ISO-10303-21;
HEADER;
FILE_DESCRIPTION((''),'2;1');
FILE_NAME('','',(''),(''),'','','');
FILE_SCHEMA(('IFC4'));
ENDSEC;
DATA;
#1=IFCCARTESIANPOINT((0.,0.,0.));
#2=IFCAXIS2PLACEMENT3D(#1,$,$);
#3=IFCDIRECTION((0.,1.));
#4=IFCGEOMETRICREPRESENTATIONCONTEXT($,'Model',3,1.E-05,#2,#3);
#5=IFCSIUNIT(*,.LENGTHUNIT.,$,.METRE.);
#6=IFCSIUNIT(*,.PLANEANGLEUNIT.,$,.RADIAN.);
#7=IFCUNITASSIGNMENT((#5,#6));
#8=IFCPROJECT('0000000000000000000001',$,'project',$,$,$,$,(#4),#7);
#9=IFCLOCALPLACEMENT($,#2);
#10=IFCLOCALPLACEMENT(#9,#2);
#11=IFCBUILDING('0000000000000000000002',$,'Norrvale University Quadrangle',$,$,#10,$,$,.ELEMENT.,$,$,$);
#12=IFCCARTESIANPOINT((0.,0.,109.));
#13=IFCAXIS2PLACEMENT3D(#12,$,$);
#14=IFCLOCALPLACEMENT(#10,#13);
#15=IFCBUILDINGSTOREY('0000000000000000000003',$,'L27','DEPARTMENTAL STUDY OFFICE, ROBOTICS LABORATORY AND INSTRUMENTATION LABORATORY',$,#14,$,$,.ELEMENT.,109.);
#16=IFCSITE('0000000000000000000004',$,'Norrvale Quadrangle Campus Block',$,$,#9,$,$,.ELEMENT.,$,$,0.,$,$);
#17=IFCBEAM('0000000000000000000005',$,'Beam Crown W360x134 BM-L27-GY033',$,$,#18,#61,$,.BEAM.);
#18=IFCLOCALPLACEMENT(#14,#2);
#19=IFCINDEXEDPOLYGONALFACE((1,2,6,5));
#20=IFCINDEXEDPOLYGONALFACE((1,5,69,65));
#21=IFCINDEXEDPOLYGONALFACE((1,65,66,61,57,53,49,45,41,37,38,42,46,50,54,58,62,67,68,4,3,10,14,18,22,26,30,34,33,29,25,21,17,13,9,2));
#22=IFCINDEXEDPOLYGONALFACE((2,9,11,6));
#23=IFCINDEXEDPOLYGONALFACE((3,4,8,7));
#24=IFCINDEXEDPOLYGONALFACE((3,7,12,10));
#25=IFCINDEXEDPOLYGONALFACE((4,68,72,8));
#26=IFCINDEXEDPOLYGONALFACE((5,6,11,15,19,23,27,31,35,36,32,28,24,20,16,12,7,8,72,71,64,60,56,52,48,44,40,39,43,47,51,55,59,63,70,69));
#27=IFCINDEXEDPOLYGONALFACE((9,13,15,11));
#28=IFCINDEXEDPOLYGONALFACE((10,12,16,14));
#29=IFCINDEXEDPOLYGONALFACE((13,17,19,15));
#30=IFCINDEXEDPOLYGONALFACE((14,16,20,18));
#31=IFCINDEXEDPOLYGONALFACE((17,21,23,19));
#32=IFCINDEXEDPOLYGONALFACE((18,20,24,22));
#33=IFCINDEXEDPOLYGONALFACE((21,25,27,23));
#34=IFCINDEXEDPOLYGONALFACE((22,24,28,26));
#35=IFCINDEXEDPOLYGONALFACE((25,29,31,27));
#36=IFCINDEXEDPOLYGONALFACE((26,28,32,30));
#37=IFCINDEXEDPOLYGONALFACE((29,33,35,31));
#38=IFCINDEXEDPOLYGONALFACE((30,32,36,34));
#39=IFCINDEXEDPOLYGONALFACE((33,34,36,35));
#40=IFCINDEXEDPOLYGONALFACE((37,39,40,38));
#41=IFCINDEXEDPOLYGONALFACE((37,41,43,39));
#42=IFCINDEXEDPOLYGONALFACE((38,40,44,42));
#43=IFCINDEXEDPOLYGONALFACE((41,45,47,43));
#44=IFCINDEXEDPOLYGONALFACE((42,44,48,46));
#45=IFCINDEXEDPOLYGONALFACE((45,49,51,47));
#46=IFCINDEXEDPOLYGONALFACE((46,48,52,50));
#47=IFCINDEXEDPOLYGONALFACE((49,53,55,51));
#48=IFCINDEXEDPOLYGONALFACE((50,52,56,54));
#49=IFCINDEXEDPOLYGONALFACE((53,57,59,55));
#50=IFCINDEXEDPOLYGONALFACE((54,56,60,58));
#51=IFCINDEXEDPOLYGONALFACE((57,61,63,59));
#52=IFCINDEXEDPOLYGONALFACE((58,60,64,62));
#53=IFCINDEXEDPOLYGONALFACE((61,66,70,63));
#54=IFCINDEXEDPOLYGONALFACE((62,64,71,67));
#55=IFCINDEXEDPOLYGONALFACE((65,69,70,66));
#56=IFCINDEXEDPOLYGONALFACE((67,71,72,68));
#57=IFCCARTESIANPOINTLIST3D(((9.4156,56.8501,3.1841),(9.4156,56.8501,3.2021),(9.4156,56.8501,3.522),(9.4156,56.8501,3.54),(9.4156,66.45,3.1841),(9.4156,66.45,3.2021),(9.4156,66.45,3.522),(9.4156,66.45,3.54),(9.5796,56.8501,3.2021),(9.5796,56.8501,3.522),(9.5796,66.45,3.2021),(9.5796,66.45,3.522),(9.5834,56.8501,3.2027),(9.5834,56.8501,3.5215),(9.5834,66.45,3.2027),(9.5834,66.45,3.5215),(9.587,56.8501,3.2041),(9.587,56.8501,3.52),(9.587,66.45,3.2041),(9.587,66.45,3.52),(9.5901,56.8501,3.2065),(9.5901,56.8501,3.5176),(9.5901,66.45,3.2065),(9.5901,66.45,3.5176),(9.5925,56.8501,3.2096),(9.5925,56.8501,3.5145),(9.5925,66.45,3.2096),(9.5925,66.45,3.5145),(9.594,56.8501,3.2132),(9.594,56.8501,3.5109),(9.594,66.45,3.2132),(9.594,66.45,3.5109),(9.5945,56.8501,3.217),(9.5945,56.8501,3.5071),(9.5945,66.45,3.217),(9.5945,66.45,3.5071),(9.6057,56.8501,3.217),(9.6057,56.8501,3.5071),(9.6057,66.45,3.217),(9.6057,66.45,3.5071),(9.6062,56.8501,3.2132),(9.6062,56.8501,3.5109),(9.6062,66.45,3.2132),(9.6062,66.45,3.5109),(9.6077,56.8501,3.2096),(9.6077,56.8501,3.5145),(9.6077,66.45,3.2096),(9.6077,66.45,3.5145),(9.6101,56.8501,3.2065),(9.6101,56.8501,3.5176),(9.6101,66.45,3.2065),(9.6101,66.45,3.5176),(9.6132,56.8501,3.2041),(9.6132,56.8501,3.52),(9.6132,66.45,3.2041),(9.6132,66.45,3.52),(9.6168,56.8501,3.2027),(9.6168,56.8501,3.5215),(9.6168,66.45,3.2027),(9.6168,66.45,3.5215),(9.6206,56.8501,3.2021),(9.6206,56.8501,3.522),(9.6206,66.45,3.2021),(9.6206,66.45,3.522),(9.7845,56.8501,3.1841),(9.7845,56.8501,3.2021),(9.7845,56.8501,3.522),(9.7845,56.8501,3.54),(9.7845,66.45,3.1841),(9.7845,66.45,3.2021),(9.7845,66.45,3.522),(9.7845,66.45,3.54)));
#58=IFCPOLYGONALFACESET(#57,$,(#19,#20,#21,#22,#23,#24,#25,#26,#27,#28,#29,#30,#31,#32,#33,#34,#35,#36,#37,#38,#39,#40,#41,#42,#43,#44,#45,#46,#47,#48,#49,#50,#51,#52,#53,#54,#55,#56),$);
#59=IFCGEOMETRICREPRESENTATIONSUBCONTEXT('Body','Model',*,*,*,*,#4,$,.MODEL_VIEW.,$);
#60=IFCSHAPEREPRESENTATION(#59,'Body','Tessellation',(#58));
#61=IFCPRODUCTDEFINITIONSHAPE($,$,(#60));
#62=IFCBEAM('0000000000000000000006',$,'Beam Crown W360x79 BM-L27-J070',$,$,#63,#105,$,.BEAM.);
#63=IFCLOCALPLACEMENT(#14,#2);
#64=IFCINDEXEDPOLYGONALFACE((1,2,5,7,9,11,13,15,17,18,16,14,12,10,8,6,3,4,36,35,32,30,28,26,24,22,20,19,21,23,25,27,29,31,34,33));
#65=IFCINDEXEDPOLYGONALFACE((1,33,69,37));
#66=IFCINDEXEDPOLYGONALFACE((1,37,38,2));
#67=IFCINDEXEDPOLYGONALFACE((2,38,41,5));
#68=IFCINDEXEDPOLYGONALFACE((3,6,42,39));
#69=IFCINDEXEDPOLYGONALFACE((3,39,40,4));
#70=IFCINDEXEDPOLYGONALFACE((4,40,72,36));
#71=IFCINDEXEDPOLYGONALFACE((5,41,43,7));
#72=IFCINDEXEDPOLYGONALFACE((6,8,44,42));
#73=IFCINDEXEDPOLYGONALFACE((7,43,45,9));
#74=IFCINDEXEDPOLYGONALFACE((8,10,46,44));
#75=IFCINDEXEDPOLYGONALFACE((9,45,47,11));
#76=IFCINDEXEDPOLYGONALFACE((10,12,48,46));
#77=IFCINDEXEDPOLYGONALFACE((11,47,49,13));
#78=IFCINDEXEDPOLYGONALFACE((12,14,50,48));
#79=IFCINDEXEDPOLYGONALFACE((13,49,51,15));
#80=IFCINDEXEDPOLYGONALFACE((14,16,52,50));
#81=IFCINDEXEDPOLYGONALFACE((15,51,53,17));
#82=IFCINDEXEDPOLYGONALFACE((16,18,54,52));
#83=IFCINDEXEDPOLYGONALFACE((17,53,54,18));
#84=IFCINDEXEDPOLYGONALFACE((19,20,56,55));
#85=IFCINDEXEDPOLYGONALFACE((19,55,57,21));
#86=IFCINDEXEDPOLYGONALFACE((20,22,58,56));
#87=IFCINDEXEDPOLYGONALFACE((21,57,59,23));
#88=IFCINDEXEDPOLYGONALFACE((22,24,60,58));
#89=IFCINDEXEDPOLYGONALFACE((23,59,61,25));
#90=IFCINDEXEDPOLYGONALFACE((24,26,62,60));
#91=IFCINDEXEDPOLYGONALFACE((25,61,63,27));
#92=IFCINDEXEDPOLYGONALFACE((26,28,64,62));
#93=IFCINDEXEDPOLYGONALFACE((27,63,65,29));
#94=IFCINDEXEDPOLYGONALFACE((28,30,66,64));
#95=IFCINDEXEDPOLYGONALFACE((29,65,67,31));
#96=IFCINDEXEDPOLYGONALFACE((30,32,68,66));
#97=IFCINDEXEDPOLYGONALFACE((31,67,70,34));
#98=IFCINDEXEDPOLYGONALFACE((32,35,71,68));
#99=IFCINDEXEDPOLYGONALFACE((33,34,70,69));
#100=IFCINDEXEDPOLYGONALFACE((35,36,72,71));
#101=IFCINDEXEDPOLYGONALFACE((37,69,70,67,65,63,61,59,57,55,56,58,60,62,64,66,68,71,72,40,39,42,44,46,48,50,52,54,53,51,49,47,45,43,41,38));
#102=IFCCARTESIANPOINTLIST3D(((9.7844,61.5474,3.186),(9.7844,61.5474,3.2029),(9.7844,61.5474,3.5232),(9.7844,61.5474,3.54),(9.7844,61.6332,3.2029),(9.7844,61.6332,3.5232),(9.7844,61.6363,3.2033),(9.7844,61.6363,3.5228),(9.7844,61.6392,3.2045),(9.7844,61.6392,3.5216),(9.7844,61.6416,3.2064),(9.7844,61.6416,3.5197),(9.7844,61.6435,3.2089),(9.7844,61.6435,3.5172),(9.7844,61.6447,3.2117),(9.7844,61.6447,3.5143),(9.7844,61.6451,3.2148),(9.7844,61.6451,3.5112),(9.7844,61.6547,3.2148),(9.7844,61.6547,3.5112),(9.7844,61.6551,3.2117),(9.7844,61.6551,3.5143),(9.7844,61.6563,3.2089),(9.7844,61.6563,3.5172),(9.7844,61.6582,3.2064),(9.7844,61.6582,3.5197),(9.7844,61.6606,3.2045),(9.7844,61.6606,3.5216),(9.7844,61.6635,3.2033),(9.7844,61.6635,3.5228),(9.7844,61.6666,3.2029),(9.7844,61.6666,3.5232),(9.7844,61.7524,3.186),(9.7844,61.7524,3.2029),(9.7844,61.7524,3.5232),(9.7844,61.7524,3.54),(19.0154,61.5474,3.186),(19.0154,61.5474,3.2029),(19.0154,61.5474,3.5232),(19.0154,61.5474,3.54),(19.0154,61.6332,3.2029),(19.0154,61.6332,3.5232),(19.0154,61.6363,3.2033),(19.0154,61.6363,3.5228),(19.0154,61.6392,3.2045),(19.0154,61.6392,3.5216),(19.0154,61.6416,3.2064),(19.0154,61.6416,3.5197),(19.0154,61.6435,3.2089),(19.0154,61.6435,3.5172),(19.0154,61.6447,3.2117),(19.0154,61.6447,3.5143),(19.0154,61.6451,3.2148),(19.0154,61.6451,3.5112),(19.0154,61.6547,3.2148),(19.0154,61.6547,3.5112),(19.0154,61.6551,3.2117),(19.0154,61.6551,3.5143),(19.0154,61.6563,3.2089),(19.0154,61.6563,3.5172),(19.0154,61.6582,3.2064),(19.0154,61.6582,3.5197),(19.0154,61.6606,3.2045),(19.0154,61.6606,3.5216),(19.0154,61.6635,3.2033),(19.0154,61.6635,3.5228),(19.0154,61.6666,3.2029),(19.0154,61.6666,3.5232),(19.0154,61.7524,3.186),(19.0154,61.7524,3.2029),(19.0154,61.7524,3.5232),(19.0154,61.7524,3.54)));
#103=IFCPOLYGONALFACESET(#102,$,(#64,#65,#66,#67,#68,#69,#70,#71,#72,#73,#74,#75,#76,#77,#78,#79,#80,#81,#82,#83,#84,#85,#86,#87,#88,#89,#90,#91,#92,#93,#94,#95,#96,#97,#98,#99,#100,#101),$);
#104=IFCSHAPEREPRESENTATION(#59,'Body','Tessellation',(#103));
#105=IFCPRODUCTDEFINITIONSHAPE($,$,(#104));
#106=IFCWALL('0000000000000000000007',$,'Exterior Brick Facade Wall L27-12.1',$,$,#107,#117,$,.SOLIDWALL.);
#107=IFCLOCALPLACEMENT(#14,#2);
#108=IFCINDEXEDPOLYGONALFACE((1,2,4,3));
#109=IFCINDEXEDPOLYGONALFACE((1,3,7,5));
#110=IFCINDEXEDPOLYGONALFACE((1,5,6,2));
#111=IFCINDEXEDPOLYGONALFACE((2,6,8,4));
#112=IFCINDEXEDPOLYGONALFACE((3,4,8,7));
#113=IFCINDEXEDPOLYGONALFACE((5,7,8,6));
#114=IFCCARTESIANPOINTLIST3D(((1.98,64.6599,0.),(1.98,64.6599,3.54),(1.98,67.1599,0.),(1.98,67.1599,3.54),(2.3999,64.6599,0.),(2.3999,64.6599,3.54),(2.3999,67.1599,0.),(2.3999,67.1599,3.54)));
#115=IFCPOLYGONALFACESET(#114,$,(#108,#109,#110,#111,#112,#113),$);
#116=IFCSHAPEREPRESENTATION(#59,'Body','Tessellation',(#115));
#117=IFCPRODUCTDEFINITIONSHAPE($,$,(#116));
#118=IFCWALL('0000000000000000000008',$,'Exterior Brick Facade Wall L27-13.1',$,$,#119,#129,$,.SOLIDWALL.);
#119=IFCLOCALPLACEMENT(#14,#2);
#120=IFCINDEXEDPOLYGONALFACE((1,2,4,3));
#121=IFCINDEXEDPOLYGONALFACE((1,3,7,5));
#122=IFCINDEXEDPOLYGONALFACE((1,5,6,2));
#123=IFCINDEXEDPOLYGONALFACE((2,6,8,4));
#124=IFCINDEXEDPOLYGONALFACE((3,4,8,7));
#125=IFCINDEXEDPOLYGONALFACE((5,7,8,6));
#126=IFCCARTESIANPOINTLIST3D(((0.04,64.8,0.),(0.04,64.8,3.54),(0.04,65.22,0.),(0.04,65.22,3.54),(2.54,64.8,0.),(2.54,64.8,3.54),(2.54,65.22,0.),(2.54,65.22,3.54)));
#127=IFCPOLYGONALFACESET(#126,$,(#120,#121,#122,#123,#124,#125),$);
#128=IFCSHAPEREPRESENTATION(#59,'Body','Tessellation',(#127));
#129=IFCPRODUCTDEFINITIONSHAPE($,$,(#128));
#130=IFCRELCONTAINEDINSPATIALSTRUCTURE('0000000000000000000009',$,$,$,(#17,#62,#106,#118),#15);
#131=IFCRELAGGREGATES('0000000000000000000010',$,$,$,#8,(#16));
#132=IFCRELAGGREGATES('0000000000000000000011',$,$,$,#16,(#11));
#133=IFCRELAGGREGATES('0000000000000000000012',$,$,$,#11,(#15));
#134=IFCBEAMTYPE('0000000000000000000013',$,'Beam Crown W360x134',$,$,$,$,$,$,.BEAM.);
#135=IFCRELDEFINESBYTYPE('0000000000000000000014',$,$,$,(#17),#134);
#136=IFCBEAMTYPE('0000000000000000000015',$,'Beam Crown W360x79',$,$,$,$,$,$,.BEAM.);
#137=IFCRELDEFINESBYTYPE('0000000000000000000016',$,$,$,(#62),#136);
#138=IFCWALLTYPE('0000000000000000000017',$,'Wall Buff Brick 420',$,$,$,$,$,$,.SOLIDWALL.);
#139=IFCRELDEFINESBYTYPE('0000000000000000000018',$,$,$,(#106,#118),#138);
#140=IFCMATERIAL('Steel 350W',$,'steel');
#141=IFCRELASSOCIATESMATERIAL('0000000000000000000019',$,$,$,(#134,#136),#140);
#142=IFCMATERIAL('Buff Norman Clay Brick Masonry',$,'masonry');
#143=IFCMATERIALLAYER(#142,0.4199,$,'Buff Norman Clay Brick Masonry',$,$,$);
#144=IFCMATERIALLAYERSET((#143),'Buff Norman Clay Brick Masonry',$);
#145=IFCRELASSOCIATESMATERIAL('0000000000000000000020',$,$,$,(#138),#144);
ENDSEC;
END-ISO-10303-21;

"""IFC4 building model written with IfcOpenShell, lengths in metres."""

from ifc_helpers import new_model, si_unit, direction, frame, frame_2d, origin, origin_2d, place, context, subcontext, project, spatial, rectangle, i_section, extrude, material, layer, layer_set, material_profile, profile_set, type_object, element, save


model = new_model("IFC4")

# Units and contexts
model_context = context("Model", 3, precision=1e-05, world=origin(), true_north=direction((0.0, 1.0)))
body_context = subcontext(model_context, "Body", "Model", "MODEL_VIEW")
ifc_project = project(units=[si_unit("LENGTHUNIT", "METRE"), si_unit("PLANEANGLEUNIT", "RADIAN")], contexts=[model_context])

# Site, building, storey
site_placement = place(None, origin())
site = spatial("IfcSite", under=ifc_project, at=site_placement, Name="Norrvale Quadrangle Campus Block", CompositionType="ELEMENT", RefElevation=0.0)
building_placement = place(site_placement, origin())
building = spatial("IfcBuilding", under=site, at=building_placement, Name="Norrvale University Quadrangle", CompositionType="ELEMENT")
storey_placement = place(building_placement, frame((0.0, 0.0, 109.0)))
storey = spatial("IfcBuildingStorey", under=building, at=storey_placement, Name="L27", Description="DEPARTMENTAL STUDY OFFICE, ROBOTICS LABORATORY AND INSTRUMENTATION LABORATORY", CompositionType="ELEMENT", Elevation=109.0)

# Beams
ifc_material_1 = material(Name="Steel 350W", Category="steel")
ifc_material_profile_1 = material_profile(ifc_material_1, i_section(OverallWidth=0.3689, OverallDepth=0.356, WebThickness=0.0112, FlangeThickness=0.0181, FilletRadius=0.0149, at=origin_2d()), Name="Steel 350W")
ifc_profile_set_1 = profile_set([ifc_material_profile_1], Name="Steel 350W")
beam_type_1 = type_object("IfcBeamType", Name="Beam Crown W360x134", PredefinedType="BEAM", material=ifc_profile_set_1)
for number, where, z_axis, x_axis, name in (
    (1, (9.6001, 56.8501, 3.3621), (0.0, 1.0, 0.0), (-1.0, 0.0, 0.0), "Beam Crown W360x134 BM-L27-GY033"),
):
    element("IfcBeam", number, at=place(storey_placement, frame(where, z_axis=z_axis, x_axis=x_axis)), inside=storey, type_object=beam_type_1, Name=name, PredefinedType="BEAM", context=body_context, shape_type="SweptSolid", body=[
        extrude(i_section(OverallWidth=0.3689, OverallDepth=0.356, WebThickness=0.0112, FlangeThickness=0.0181, FilletRadius=0.0149, at=origin_2d()), origin(), (0.0, 0.0, 1.0), 9.5999),
    ])
ifc_material_profile_2 = material_profile(ifc_material_1, i_section(OverallWidth=0.2051, OverallDepth=0.354, WebThickness=0.0095, FlangeThickness=0.0168, FilletRadius=0.012, at=origin_2d()), Name="Steel 350W")
ifc_profile_set_2 = profile_set([ifc_material_profile_2], Name="Steel 350W")
beam_type_2 = type_object("IfcBeamType", Name="Beam Crown W360x79", PredefinedType="BEAM", material=ifc_profile_set_2)
beam_1_placement = place(storey_placement, frame((9.7844, 61.6499, 3.363), z_axis=(1.0, 0.0, 0.0), x_axis=(0.0, 1.0, 0.0)))
element("IfcBeam", 2, at=beam_1_placement, inside=storey, type_object=beam_type_2, Name="Beam Crown W360x79 BM-L27-J070", PredefinedType="BEAM", context=body_context, shape_type="SweptSolid", body=[
    extrude(i_section(OverallWidth=0.2051, OverallDepth=0.354, WebThickness=0.0095, FlangeThickness=0.0168, FilletRadius=0.012, at=origin_2d()), origin(), (0.0, 0.0, 1.0), 9.231),
])

# Walls
ifc_material_2 = material(Name="Buff Norman Clay Brick Masonry", Category="masonry")
ifc_layer = layer(ifc_material_2, 0.4199, Name="Buff Norman Clay Brick Masonry")
ifc_layer_set = layer_set([ifc_layer], Name="Buff Norman Clay Brick Masonry")
wall_type = type_object("IfcWallType", Name="Wall Buff Brick 420", PredefinedType="SOLIDWALL", material=ifc_layer_set)
for number, where, z_axis, x_axis, name in (
    (3, (2.1899, 67.1599, 0.0), (0.0, 0.0, 1.0), (0.0, -1.0, 0.0), "Exterior Brick Facade Wall L27-12.1"),
    (4, (2.54, 65.01, 0.0), (0.0, 0.0, 1.0), (-1.0, 0.0, 0.0), "Exterior Brick Facade Wall L27-13.1"),
):
    element("IfcWall", number, at=place(storey_placement, frame(where, z_axis=z_axis, x_axis=x_axis)), inside=storey, type_object=wall_type, Name=name, PredefinedType="SOLIDWALL", context=body_context, shape_type="SweptSolid", body=[
        extrude(rectangle(XDim=2.5, YDim=0.4199, at=frame_2d((1.25, 0.0))), origin(), (0.0, 0.0, 1.0), 3.54),
    ])

save(model, "model.ifc")
